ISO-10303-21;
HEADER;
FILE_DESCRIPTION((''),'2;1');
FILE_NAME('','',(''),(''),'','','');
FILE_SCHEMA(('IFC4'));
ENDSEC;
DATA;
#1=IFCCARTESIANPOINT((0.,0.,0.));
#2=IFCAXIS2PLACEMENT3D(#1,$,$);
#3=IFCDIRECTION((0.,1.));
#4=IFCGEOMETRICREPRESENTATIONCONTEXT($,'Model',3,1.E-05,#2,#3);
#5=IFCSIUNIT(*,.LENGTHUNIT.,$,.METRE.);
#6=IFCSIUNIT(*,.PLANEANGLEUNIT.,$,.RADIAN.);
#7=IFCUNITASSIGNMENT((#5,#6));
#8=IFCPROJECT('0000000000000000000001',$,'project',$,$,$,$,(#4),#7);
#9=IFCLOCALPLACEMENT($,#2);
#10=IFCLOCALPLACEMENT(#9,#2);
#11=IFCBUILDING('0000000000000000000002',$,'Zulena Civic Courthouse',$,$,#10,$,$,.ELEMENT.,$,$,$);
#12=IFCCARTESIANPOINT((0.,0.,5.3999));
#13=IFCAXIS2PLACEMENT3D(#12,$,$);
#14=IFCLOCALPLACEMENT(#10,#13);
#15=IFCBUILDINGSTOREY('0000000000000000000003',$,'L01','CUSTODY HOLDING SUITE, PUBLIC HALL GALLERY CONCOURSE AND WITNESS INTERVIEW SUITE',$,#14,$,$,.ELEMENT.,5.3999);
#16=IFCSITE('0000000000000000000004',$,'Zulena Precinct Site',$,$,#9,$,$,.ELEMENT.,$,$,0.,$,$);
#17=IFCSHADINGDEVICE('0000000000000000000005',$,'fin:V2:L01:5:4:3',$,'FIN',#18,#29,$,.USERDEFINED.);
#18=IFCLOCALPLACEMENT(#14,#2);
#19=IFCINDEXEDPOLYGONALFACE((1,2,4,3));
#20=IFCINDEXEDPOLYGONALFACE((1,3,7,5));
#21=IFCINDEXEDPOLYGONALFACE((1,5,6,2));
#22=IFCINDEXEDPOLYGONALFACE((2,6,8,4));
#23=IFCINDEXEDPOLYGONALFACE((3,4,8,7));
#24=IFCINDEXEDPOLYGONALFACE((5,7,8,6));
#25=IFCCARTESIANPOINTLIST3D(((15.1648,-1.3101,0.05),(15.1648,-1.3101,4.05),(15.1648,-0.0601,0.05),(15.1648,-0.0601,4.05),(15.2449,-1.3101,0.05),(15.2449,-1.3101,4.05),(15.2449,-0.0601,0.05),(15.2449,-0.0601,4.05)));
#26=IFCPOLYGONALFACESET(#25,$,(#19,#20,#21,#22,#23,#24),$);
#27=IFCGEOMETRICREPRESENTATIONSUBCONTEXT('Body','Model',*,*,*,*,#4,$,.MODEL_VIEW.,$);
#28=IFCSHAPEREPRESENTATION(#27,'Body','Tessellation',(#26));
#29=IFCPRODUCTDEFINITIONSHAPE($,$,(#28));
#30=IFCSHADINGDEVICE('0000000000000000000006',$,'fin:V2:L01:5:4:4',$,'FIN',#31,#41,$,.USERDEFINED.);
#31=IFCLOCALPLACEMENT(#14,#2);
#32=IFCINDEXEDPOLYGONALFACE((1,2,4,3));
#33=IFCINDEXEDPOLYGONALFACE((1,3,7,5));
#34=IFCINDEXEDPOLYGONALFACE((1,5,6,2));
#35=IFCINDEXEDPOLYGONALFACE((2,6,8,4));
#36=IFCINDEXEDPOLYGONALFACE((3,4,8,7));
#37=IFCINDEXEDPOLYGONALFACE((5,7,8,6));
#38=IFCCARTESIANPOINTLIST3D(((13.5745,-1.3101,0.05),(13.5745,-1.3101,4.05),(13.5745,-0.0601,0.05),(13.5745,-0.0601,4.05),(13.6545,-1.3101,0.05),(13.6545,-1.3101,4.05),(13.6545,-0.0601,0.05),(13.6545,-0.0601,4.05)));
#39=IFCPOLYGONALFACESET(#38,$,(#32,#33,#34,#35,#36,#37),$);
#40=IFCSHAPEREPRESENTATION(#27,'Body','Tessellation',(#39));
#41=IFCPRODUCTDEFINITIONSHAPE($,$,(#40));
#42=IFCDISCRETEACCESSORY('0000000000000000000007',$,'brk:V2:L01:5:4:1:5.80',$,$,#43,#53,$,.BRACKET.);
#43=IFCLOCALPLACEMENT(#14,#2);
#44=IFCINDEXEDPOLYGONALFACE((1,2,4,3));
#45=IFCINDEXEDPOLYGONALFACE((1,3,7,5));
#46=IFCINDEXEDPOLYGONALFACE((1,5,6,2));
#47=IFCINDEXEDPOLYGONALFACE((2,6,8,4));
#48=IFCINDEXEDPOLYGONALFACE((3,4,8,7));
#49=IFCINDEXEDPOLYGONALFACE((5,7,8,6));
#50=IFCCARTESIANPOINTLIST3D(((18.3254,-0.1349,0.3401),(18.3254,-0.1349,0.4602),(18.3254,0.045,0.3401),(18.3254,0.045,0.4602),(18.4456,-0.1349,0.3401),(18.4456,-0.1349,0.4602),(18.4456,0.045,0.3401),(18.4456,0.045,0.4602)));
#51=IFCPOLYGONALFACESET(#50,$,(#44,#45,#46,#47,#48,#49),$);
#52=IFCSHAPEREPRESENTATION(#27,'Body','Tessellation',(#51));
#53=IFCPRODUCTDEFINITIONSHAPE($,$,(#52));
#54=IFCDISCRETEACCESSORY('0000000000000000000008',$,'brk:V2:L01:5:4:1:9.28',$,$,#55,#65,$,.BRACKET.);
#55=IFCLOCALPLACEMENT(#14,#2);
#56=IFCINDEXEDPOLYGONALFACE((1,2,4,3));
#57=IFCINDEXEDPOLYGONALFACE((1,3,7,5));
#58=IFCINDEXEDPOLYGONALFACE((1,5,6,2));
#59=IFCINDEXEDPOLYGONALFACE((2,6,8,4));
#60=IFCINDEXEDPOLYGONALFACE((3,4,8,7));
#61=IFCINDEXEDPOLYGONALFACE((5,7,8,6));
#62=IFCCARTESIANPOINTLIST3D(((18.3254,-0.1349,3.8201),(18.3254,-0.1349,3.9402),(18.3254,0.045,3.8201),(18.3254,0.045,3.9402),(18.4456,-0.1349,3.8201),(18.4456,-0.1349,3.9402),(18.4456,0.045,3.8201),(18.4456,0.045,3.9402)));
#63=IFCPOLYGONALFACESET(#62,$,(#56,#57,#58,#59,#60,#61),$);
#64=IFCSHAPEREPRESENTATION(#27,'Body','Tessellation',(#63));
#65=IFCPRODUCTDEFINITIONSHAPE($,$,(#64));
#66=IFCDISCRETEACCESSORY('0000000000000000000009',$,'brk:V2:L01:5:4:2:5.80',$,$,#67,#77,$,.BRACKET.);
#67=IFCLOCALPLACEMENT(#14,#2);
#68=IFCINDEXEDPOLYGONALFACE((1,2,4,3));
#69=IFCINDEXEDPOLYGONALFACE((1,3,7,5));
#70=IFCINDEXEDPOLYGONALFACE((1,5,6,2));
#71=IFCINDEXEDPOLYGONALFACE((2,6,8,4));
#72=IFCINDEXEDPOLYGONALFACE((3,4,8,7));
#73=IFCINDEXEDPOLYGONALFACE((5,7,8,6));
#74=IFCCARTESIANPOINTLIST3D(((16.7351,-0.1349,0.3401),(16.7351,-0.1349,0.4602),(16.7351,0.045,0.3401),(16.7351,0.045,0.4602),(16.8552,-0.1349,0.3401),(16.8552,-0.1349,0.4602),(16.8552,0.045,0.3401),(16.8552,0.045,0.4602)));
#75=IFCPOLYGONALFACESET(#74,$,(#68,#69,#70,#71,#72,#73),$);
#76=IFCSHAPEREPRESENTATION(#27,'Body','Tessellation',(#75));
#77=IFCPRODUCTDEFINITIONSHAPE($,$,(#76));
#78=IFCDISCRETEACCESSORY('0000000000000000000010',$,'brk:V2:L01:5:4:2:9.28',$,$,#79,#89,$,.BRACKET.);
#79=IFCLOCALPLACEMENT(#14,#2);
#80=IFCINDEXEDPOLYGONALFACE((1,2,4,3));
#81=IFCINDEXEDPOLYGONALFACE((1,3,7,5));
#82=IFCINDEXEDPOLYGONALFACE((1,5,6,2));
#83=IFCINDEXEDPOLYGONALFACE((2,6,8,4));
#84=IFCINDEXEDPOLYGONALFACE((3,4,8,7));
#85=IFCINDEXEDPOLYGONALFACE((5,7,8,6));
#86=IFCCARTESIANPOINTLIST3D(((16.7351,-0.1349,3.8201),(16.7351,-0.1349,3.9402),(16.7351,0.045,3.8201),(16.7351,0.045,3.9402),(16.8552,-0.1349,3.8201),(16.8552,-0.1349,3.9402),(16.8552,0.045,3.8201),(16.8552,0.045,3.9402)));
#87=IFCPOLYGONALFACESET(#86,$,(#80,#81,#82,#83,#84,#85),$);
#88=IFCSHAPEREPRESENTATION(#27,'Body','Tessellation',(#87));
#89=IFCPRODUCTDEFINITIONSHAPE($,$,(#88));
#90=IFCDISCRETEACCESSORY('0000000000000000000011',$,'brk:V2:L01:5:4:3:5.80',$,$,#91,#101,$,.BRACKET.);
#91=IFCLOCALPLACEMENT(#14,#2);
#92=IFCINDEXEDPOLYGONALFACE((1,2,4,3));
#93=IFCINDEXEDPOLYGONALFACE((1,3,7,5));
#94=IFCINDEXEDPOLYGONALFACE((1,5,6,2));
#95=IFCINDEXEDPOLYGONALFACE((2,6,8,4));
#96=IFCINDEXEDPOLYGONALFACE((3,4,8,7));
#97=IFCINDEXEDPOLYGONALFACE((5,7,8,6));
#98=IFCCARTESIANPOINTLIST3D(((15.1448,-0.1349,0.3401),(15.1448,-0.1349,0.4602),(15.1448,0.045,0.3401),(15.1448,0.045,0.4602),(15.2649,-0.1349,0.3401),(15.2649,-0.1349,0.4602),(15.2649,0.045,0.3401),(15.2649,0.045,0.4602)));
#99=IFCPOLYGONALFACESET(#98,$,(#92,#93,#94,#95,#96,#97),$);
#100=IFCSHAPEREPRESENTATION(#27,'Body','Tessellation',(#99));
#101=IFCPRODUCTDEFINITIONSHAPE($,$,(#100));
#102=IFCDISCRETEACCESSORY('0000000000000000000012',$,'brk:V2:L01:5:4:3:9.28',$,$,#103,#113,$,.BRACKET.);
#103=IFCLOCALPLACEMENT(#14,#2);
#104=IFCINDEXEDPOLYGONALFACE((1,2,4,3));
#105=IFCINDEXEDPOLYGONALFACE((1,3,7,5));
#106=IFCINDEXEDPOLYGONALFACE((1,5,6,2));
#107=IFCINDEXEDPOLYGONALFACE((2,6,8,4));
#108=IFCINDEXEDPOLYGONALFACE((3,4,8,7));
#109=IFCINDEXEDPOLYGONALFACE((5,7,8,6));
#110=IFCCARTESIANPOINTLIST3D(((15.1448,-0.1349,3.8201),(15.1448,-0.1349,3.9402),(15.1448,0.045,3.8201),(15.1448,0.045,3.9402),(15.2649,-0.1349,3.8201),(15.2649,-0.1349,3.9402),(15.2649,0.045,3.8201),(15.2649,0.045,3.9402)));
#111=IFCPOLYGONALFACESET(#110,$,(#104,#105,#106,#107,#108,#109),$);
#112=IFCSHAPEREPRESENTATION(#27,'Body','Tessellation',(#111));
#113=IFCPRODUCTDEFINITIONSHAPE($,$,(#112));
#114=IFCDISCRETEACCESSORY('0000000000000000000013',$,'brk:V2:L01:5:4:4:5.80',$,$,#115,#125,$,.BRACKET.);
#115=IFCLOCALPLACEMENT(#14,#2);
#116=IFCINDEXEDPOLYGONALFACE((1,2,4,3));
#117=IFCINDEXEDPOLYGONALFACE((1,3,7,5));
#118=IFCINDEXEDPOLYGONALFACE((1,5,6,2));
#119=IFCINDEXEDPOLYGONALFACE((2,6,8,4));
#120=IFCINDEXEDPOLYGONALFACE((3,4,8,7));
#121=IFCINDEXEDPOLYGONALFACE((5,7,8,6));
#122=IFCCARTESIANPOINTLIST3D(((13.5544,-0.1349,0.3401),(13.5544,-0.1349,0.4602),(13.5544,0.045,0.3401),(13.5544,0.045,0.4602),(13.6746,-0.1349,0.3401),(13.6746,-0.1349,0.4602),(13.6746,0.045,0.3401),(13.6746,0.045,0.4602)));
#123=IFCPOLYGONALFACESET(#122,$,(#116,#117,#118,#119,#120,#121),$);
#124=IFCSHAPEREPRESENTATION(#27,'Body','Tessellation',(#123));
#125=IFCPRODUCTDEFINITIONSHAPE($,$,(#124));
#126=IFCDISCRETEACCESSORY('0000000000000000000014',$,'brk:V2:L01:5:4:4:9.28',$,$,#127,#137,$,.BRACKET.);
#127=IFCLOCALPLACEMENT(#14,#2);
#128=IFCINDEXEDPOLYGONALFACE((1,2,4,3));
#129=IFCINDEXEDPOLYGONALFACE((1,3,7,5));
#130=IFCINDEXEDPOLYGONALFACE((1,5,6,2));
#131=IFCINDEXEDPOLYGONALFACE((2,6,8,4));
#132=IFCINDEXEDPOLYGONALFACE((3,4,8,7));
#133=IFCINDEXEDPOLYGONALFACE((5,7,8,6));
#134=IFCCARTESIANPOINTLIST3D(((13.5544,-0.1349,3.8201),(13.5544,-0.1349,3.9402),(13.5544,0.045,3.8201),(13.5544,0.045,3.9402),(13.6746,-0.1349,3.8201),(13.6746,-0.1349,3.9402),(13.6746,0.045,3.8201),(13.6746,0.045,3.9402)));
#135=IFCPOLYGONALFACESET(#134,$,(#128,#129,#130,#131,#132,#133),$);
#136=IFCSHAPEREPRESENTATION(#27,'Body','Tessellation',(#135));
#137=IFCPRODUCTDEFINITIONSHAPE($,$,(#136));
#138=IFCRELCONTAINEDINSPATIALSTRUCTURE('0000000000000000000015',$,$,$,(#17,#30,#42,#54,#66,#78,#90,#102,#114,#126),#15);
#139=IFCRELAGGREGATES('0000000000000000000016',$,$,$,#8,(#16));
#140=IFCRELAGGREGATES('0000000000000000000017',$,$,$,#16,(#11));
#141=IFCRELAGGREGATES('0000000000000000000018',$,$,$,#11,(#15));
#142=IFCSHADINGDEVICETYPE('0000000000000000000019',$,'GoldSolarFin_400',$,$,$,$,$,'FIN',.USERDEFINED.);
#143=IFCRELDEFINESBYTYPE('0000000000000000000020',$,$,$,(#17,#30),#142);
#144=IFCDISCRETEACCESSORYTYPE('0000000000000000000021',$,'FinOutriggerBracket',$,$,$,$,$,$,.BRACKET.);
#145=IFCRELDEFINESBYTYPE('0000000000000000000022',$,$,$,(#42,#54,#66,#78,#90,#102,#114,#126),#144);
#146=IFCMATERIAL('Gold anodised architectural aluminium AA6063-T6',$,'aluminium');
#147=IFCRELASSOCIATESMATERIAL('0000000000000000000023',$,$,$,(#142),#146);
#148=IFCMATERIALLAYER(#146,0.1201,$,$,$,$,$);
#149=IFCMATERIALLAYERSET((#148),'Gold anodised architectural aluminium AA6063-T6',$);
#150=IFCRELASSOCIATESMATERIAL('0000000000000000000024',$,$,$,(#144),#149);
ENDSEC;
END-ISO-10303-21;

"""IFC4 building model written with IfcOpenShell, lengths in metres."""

from ifc_helpers import new_model, si_unit, direction, frame, origin, origin_2d, place, context, subcontext, project, spatial, rectangle, extrude, material, layer, layer_set, type_object, element, save


model = new_model("IFC4")

# Units and contexts
model_context = context("Model", 3, precision=1e-05, world=origin(), true_north=direction((0.0, 1.0)))
body_context = subcontext(model_context, "Body", "Model", "MODEL_VIEW")
ifc_project = project(units=[si_unit("LENGTHUNIT", "METRE"), si_unit("PLANEANGLEUNIT", "RADIAN")], contexts=[model_context])

# Site, building, storey
site_placement = place(None, origin())
site = spatial("IfcSite", under=ifc_project, at=site_placement, Name="Zulena Precinct Site", CompositionType="ELEMENT", RefElevation=0.0)
building_placement = place(site_placement, origin())
building = spatial("IfcBuilding", under=site, at=building_placement, Name="Zulena Civic Courthouse", CompositionType="ELEMENT")
storey_placement = place(building_placement, frame((0.0, 0.0, 5.3999)))
storey = spatial("IfcBuildingStorey", under=building, at=storey_placement, Name="L01", Description="CUSTODY HOLDING SUITE, PUBLIC HALL GALLERY CONCOURSE AND WITNESS INTERVIEW SUITE", CompositionType="ELEMENT", Elevation=5.3999)

# Shading devices
ifc_material_1 = material(Name="Gold anodised architectural aluminium AA6063-T6", Category="aluminium")
shading_device_type = type_object("IfcShadingDeviceType", Name="GoldSolarFin_400", ElementType="FIN", PredefinedType="USERDEFINED", material=ifc_material_1)
for number, where, z_axis, x_axis, name in (
    (1, (15.2048, -0.6851, 0.05), (0.0, 0.0, 1.0), (0.0, -1.0, 0.0), "fin:V2:L01:5:4:3"),
    (2, (13.6145, -0.6851, 0.05), (0.0, 0.0, 1.0), (0.0, -1.0, 0.0), "fin:V2:L01:5:4:4"),
):
    element("IfcShadingDevice", number, at=place(storey_placement, frame(where, z_axis=z_axis, x_axis=x_axis)), inside=storey, type_object=shading_device_type, Name=name, ObjectType="FIN", PredefinedType="USERDEFINED", context=body_context, shape_type="SweptSolid", body=[
        extrude(rectangle(XDim=1.25, YDim=0.0801, at=origin_2d()), origin(), (0.0, 0.0, 1.0), 4.0),
    ])

# Discrete accessories
ifc_layer_1 = layer(ifc_material_1, 0.1201)
ifc_layer_set_1 = layer_set([ifc_layer_1], Name="Gold anodised architectural aluminium AA6063-T6")
discrete_accessory_type = type_object("IfcDiscreteAccessoryType", Name="FinOutriggerBracket", PredefinedType="BRACKET", material=ifc_layer_set_1)
for number, where, z_axis, x_axis, name in (
    (3, (18.3855, -0.0449, 0.3401), (0.0, 0.0, 1.0), (0.0, -1.0, 0.0), "brk:V2:L01:5:4:1:5.80"),
    (4, (18.3855, -0.0449, 3.8201), (0.0, 0.0, 1.0), (0.0, -1.0, 0.0), "brk:V2:L01:5:4:1:9.28"),
    (5, (16.7952, -0.0449, 0.3401), (0.0, 0.0, 1.0), (0.0, -1.0, 0.0), "brk:V2:L01:5:4:2:5.80"),
    (6, (16.7952, -0.0449, 3.8201), (0.0, 0.0, 1.0), (0.0, -1.0, 0.0), "brk:V2:L01:5:4:2:9.28"),
    (7, (15.2048, -0.0449, 0.3401), (0.0, 0.0, 1.0), (0.0, -1.0, 0.0), "brk:V2:L01:5:4:3:5.80"),
    (8, (15.2048, -0.0449, 3.8201), (0.0, 0.0, 1.0), (0.0, -1.0, 0.0), "brk:V2:L01:5:4:3:9.28"),
    (9, (13.6145, -0.0449, 0.3401), (0.0, 0.0, 1.0), (0.0, -1.0, 0.0), "brk:V2:L01:5:4:4:5.80"),
    (10, (13.6145, -0.0449, 3.8201), (0.0, 0.0, 1.0), (0.0, -1.0, 0.0), "brk:V2:L01:5:4:4:9.28"),
):
    element("IfcDiscreteAccessory", number, at=place(storey_placement, frame(where, z_axis=z_axis, x_axis=x_axis)), inside=storey, type_object=discrete_accessory_type, Name=name, PredefinedType="BRACKET", context=body_context, shape_type="SweptSolid", body=[
        extrude(rectangle(XDim=0.1799, YDim=0.1201, at=origin_2d()), origin(), (0.0, 0.0, 1.0), 0.1201),
    ])

save(model, "model.ifc")
